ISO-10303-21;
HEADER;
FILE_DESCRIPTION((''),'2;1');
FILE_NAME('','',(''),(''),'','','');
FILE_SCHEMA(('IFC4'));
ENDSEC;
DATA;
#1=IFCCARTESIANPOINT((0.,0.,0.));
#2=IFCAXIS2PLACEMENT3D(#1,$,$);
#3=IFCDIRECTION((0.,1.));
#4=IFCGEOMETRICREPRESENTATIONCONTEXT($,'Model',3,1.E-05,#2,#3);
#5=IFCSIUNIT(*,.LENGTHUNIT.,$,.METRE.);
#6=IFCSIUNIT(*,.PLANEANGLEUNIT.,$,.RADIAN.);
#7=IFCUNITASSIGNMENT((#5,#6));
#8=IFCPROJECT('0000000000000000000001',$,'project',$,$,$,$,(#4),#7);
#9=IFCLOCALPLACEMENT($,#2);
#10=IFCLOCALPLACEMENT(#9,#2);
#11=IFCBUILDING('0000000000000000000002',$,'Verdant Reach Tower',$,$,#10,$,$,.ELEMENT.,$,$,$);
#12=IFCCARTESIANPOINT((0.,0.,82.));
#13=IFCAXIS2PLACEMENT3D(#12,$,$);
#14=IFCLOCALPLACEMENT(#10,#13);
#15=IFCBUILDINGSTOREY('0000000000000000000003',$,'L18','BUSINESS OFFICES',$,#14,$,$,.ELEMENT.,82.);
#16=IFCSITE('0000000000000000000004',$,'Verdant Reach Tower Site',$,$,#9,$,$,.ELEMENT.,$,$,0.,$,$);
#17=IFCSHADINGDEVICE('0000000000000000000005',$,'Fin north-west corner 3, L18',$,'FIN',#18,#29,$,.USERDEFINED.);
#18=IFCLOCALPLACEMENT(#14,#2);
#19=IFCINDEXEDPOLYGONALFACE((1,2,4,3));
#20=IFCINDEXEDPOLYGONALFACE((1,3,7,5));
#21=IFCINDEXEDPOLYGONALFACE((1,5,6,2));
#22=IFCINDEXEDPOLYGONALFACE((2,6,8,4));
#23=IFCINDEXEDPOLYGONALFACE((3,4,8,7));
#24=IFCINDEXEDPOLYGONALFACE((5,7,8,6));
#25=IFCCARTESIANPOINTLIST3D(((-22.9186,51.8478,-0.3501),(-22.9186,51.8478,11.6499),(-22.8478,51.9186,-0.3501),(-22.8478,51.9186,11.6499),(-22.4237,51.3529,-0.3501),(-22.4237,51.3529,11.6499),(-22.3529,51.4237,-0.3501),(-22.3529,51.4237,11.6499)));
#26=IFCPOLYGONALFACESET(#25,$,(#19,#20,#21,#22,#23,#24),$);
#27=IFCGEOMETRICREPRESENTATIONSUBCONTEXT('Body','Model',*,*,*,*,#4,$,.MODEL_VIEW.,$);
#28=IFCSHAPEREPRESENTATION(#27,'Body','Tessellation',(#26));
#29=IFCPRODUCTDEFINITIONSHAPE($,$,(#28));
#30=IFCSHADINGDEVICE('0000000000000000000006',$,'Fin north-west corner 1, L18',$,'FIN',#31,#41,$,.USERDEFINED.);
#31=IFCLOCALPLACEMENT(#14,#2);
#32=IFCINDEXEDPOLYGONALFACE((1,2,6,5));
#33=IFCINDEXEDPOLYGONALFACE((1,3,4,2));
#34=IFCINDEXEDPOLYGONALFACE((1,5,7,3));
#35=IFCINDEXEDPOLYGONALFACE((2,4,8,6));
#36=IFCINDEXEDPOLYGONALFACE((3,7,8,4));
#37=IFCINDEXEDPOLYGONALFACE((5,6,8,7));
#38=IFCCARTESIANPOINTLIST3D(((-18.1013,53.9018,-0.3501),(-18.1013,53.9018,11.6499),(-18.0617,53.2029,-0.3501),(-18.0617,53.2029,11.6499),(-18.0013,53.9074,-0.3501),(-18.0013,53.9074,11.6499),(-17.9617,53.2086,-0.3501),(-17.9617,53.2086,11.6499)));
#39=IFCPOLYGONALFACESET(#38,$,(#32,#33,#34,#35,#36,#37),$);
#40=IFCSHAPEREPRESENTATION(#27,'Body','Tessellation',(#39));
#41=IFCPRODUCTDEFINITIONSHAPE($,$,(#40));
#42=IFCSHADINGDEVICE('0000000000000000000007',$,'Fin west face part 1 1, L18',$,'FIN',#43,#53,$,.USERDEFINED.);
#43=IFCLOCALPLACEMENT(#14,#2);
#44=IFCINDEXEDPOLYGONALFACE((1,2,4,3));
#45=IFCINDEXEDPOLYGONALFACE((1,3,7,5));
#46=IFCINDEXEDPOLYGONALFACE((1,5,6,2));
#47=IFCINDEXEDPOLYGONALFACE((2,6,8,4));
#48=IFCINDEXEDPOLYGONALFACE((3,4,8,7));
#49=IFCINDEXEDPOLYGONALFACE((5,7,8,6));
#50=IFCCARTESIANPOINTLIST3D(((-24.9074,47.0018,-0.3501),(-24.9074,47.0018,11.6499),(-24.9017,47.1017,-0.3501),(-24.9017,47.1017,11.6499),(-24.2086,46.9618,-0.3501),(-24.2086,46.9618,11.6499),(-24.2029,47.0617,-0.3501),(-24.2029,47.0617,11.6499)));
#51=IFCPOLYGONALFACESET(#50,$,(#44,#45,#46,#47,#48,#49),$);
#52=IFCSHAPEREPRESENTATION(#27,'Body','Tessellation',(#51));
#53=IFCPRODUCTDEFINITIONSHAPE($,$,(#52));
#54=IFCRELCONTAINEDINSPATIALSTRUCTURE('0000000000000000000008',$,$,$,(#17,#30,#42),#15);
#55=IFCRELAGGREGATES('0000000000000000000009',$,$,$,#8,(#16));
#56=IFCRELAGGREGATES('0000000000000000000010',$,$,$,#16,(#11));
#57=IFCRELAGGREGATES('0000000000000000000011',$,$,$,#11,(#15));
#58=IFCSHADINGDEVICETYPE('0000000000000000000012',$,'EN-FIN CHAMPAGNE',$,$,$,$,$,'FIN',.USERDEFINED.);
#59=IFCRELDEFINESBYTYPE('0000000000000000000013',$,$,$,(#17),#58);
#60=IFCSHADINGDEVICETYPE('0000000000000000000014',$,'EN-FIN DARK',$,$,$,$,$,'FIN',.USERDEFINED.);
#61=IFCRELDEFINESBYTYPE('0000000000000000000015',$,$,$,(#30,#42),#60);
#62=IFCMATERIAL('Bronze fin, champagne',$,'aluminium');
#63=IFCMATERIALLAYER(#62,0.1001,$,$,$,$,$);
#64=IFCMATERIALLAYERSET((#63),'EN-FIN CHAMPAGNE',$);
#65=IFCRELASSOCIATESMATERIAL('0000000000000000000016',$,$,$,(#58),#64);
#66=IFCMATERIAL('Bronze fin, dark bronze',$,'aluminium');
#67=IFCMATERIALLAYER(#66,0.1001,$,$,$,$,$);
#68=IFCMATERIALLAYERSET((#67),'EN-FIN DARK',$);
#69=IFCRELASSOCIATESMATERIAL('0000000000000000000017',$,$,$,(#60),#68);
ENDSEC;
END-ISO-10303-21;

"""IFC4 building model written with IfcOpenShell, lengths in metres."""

from ifc_helpers import new_model, si_unit, direction, frame, origin, origin_2d, place, context, subcontext, project, spatial, rectangle, extrude, material, layer, layer_set, type_object, element, save


model = new_model("IFC4")

# Units and contexts
model_context = context("Model", 3, precision=1e-05, world=origin(), true_north=direction((0.0, 1.0)))
body_context = subcontext(model_context, "Body", "Model", "MODEL_VIEW")
ifc_project = project(units=[si_unit("LENGTHUNIT", "METRE"), si_unit("PLANEANGLEUNIT", "RADIAN")], contexts=[model_context])

# Site, building, storey
site_placement = place(None, origin())
site = spatial("IfcSite", under=ifc_project, at=site_placement, Name="Verdant Reach Tower Site", CompositionType="ELEMENT", RefElevation=0.0)
building_placement = place(site_placement, origin())
building = spatial("IfcBuilding", under=site, at=building_placement, Name="Verdant Reach Tower", CompositionType="ELEMENT")
storey_placement = place(building_placement, frame((0.0, 0.0, 82.0)))
storey = spatial("IfcBuildingStorey", under=building, at=storey_placement, Name="L18", Description="BUSINESS OFFICES", CompositionType="ELEMENT", Elevation=82.0)

# Shading devices
ifc_material_1 = material(Name="Bronze fin, champagne", Category="aluminium")
ifc_layer_1 = layer(ifc_material_1, 0.1001)
ifc_layer_set_1 = layer_set([ifc_layer_1], Name="EN-FIN CHAMPAGNE")
shading_device_type_1 = type_object("IfcShadingDeviceType", Name="EN-FIN CHAMPAGNE", ElementType="FIN", PredefinedType="USERDEFINED", material=ifc_layer_set_1)
shading_device_placement = place(storey_placement, frame((-22.6357, 51.6357, -0.3501), z_axis=(0.0, 0.0, 1.0), x_axis=(-0.707107, -0.707107, 0.0)))
element("IfcShadingDevice", 1, at=shading_device_placement, inside=storey, type_object=shading_device_type_1, Name="Fin north-west corner 3, L18", ObjectType="FIN", PredefinedType="USERDEFINED", context=body_context, shape_type="SweptSolid", body=[
    extrude(rectangle(XDim=0.1001, YDim=0.7, at=origin_2d()), origin(), (0.0, 0.0, 1.0), 12.0),
])
ifc_material_2 = material(Name="Bronze fin, dark bronze", Category="aluminium")
ifc_layer_2 = layer(ifc_material_2, 0.1001)
ifc_layer_set_2 = layer_set([ifc_layer_2], Name="EN-FIN DARK")
shading_device_type_2 = type_object("IfcShadingDeviceType", Name="EN-FIN DARK", ElementType="FIN", PredefinedType="USERDEFINED", material=ifc_layer_set_2)
for number, where, z_axis, x_axis, name in (
    (2, (-18.0315, 53.5552, -0.3501), (0.0, 0.0, 1.0), (-0.998399, -0.056569, 0.0), "Fin north-west corner 1, L18"),
    (3, (-24.5552, 47.0317, -0.3501), (0.0, 0.0, 1.0), (-0.057135, -0.998366, 0.0), "Fin west face part 1 1, L18"),
):
    element("IfcShadingDevice", number, at=place(storey_placement, frame(where, z_axis=z_axis, x_axis=x_axis)), inside=storey, type_object=shading_device_type_2, Name=name, ObjectType="FIN", PredefinedType="USERDEFINED", context=body_context, shape_type="SweptSolid", body=[
        extrude(rectangle(XDim=0.1001, YDim=0.7, at=origin_2d()), origin(), (0.0, 0.0, 1.0), 12.0),
    ])

save(model, "model.ifc")
